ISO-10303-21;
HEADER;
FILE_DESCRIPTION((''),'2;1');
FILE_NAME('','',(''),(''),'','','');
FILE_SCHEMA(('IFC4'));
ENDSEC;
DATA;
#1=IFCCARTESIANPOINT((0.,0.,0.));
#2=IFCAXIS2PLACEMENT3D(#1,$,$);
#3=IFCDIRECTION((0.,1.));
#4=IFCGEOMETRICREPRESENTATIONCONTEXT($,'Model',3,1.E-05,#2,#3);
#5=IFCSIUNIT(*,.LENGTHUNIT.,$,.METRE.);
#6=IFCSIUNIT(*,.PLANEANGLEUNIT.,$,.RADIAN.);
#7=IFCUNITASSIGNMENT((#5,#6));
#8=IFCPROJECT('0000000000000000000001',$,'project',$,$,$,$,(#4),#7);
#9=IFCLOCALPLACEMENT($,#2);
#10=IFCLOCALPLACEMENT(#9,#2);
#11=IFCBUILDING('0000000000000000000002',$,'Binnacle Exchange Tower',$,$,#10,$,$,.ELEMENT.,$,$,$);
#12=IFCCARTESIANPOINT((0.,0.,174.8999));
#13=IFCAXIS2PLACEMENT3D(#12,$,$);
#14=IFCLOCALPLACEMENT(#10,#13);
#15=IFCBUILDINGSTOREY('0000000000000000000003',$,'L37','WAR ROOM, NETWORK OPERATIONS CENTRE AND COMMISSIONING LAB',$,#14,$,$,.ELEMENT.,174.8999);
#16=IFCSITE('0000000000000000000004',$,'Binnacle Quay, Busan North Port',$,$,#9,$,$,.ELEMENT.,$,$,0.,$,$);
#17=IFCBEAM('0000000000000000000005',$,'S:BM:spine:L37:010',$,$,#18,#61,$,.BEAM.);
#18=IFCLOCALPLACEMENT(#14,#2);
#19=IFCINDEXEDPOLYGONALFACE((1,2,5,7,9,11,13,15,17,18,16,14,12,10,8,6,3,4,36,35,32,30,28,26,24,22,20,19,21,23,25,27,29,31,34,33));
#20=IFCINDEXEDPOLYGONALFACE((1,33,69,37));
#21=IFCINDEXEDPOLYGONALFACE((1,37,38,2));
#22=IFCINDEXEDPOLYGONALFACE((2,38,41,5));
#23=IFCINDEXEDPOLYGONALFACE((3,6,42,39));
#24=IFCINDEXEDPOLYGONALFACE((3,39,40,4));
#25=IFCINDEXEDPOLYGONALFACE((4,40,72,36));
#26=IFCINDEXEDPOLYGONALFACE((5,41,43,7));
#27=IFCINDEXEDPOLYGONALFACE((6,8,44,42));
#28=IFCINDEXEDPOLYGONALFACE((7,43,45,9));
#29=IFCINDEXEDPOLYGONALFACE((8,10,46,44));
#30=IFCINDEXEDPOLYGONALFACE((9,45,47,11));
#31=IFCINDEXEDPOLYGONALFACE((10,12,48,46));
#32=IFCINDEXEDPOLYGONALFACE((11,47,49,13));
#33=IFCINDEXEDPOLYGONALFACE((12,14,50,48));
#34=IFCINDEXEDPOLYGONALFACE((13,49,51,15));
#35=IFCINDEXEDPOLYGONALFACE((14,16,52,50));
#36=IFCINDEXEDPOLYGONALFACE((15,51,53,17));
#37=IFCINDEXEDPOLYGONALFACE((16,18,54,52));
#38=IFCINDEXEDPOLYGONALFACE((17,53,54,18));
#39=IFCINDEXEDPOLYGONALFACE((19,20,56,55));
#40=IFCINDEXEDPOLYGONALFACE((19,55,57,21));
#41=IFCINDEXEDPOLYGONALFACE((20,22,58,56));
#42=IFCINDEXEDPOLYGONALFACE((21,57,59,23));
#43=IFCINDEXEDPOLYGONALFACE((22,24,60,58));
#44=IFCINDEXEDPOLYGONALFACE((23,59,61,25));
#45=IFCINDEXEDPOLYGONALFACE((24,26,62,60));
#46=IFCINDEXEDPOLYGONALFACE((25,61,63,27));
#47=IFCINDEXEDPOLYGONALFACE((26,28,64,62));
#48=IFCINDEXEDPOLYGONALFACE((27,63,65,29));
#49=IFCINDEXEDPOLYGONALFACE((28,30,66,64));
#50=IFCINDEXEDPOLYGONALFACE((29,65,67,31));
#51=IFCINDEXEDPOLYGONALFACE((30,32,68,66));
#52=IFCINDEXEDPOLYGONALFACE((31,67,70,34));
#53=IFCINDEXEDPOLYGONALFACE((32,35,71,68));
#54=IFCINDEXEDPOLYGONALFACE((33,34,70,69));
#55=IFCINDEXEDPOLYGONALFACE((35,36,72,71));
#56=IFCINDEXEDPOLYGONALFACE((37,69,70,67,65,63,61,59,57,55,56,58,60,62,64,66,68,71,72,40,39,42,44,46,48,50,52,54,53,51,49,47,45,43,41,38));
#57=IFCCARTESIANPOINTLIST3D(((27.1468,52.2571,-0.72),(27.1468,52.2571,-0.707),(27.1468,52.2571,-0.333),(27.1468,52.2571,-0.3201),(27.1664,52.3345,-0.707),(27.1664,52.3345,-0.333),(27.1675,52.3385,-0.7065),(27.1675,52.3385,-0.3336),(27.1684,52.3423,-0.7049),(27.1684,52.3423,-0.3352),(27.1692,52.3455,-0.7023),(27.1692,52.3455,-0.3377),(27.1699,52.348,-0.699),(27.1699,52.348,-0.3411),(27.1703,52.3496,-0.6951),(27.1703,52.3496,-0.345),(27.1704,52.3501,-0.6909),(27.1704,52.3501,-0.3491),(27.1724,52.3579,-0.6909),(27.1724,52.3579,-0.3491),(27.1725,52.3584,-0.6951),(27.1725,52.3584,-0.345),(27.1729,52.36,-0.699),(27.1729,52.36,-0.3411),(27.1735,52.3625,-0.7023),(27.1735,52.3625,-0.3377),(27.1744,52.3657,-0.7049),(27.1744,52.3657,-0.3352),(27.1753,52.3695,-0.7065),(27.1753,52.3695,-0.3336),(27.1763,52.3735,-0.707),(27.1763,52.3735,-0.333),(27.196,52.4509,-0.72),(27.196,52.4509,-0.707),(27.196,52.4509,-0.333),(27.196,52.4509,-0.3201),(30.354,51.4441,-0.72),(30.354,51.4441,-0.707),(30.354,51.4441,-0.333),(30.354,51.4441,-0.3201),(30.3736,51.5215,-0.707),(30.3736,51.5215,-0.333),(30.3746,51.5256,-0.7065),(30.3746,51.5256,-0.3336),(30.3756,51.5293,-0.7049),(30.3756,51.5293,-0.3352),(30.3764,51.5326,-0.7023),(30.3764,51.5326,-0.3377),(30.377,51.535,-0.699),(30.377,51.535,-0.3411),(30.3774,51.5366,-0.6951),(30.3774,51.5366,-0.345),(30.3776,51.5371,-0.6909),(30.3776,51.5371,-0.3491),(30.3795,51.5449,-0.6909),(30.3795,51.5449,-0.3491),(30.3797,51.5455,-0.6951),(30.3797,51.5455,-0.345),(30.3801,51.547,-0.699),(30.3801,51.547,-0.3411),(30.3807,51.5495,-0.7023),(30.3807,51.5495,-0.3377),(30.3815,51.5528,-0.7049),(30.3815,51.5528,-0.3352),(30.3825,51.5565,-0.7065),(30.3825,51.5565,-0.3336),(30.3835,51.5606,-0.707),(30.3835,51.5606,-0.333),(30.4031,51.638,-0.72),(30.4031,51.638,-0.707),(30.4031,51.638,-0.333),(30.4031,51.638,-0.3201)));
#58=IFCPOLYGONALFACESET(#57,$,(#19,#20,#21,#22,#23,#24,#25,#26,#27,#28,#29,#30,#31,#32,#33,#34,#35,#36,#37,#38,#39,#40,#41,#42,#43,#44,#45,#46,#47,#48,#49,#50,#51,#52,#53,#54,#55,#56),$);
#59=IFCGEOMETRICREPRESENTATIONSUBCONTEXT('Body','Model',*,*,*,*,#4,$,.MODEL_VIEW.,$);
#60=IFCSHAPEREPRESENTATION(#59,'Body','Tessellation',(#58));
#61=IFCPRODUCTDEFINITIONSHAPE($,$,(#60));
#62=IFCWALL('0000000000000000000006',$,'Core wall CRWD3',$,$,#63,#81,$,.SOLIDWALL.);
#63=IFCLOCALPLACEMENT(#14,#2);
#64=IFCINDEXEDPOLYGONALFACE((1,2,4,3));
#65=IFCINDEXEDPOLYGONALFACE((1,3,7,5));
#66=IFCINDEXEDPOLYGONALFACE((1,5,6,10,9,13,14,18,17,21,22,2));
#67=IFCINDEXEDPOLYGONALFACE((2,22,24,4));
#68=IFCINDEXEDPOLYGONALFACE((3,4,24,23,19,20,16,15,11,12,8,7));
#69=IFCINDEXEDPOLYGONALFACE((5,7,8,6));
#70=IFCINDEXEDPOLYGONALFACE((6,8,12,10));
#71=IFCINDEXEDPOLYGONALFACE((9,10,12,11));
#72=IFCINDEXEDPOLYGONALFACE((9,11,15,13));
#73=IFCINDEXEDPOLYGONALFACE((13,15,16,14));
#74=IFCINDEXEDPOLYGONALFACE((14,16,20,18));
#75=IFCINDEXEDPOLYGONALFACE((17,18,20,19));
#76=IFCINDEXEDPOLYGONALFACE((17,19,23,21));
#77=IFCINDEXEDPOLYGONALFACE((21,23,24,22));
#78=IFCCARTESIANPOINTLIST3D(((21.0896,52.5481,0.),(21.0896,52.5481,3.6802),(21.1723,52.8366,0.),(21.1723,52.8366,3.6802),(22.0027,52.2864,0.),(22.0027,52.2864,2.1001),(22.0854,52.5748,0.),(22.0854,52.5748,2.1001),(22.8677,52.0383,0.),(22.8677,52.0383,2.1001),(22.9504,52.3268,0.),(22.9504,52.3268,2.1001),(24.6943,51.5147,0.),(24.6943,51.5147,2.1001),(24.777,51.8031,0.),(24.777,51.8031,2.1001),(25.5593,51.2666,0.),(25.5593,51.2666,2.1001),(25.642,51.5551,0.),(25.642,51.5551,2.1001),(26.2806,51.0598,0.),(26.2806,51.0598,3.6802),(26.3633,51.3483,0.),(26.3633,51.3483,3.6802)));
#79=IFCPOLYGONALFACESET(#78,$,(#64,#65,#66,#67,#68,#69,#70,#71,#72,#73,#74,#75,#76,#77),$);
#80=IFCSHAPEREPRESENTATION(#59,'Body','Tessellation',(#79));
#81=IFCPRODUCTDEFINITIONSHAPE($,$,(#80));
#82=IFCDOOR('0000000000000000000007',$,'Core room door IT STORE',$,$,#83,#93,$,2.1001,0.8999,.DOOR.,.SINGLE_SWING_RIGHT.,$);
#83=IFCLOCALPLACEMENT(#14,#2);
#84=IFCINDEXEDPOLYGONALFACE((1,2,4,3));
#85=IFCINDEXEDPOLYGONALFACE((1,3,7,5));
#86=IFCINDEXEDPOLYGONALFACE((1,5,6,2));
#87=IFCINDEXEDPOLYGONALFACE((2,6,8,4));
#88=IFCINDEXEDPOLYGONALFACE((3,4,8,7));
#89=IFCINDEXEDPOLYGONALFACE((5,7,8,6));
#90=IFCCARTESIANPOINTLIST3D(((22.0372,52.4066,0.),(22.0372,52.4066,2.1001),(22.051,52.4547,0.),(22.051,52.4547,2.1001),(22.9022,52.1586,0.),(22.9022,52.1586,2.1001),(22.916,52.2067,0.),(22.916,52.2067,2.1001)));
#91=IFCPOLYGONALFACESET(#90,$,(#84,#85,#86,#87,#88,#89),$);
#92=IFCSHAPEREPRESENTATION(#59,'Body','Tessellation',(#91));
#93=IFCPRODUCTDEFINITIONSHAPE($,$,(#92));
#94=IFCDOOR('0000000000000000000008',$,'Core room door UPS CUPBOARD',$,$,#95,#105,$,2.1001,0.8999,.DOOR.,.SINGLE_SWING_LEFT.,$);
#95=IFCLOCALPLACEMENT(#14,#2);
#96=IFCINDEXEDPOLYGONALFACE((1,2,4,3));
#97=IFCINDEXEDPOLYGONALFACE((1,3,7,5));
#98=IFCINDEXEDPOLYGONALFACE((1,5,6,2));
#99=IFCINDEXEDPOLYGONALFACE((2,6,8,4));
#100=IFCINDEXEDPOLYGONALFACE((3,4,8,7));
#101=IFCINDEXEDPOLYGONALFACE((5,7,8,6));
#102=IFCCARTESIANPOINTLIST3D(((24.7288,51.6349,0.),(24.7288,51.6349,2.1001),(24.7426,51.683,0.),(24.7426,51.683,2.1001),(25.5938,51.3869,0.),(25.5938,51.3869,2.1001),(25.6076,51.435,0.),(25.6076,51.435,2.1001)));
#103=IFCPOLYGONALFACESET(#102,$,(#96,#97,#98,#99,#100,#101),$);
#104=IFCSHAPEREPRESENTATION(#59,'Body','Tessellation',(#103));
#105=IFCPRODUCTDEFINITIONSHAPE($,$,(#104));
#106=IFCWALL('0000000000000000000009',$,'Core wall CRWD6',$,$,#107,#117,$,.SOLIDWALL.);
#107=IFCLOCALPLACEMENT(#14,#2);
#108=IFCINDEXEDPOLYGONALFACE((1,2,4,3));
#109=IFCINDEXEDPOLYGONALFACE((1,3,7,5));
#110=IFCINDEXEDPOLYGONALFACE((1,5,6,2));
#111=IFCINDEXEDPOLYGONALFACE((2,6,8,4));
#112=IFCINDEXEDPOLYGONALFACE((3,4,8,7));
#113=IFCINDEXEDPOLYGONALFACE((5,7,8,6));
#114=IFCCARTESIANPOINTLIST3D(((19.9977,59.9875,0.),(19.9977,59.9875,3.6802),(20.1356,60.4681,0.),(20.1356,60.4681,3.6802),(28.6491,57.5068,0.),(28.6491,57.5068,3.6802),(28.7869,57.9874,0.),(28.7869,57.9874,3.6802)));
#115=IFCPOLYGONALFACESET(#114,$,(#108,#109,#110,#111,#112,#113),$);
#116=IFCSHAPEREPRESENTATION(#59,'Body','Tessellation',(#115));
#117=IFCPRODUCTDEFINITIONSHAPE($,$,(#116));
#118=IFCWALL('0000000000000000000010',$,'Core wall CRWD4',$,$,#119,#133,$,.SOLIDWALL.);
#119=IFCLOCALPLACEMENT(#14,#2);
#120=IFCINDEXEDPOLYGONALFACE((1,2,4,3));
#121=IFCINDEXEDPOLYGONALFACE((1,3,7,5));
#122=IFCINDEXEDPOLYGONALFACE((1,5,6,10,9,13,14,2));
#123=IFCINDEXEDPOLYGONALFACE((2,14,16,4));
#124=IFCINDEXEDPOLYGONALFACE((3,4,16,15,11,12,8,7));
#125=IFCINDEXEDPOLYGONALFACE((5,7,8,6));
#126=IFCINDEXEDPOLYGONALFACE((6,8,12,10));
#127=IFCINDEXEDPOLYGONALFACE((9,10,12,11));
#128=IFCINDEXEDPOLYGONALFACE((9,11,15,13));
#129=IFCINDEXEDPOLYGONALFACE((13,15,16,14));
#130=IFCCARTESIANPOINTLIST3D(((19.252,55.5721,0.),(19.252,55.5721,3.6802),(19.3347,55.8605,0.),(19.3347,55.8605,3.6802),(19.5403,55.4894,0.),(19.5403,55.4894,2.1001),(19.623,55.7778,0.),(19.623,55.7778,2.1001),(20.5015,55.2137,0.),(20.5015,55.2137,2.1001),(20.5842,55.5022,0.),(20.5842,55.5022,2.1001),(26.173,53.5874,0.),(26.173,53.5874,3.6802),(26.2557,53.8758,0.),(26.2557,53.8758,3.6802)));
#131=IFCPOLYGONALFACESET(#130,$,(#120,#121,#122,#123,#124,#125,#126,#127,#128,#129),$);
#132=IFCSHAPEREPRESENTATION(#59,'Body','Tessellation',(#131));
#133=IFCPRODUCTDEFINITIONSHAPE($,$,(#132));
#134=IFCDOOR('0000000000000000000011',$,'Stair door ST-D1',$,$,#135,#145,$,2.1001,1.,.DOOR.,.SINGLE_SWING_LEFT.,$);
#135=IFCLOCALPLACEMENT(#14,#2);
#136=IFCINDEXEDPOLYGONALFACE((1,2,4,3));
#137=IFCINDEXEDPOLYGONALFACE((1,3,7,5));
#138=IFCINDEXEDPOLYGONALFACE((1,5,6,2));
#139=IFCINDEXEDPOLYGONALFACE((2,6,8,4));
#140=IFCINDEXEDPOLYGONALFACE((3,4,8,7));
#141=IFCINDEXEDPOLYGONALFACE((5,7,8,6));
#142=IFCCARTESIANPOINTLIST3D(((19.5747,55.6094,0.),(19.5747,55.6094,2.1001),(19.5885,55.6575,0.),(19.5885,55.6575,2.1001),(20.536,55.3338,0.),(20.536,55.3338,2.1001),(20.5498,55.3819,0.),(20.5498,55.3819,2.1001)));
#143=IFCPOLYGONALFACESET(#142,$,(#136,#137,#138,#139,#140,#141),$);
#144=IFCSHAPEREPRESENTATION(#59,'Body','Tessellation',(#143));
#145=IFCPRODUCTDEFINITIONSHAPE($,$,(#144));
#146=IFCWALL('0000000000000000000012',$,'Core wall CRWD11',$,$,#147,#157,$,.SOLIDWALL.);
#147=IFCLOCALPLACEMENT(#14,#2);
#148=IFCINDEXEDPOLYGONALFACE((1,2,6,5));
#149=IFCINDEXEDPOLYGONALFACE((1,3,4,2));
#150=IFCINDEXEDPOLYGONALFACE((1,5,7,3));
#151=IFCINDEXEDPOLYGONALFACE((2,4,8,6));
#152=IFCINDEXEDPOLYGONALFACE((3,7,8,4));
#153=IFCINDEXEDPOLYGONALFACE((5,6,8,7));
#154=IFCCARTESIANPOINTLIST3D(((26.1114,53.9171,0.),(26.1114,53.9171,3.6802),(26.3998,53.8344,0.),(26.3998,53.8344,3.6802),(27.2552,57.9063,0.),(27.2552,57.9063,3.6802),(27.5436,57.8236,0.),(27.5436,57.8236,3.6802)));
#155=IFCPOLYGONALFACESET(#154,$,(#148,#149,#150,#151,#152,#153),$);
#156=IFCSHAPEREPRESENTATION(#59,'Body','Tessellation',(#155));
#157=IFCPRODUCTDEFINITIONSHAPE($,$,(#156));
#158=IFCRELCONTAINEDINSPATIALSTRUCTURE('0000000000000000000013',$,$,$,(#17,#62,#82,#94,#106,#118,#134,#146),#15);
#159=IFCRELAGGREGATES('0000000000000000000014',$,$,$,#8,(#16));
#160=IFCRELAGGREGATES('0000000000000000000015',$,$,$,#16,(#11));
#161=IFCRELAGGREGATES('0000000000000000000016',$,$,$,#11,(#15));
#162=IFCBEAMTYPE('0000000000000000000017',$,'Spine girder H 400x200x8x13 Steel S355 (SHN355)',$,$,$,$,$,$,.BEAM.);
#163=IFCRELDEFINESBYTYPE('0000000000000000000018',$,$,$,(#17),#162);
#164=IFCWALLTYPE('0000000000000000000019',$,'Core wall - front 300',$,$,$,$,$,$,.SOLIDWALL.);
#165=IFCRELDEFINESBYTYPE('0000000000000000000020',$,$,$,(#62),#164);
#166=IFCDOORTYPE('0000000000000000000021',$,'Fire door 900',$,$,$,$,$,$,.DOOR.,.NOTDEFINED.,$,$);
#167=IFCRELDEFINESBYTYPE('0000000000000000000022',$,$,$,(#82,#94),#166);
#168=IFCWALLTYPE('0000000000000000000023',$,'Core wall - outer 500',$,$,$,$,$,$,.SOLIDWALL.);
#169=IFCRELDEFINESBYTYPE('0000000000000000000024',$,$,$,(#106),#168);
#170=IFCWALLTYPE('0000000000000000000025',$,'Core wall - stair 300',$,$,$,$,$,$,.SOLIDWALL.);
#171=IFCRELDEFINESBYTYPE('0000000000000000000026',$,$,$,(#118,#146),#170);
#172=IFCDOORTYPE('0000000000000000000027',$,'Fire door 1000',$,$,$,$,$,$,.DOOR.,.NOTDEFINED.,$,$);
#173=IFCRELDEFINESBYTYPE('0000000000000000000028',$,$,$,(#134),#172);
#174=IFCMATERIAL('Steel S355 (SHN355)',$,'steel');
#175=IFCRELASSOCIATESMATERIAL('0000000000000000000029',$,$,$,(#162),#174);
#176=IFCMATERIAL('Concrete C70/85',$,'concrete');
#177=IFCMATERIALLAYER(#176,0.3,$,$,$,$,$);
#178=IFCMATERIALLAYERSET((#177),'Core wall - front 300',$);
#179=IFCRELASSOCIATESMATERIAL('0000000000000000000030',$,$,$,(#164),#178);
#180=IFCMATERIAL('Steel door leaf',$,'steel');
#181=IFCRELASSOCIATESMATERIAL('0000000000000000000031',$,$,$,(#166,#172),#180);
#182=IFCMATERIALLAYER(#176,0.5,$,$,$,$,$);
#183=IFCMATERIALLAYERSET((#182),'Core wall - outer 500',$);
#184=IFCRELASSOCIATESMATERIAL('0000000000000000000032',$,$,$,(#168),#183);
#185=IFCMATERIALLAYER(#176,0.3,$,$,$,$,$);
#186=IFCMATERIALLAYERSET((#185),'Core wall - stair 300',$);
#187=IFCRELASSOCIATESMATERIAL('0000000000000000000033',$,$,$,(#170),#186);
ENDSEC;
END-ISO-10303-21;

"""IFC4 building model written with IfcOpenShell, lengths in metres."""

from ifc_helpers import new_model, si_unit, direction, frame, frame_2d, origin, origin_2d, place, context, subcontext, project, spatial, rectangle, i_section, extrude, material, layer, layer_set, material_profile, profile_set, type_object, element, fill, save


model = new_model("IFC4")

# Units and contexts
model_context = context("Model", 3, precision=1e-05, world=origin(), true_north=direction((0.0, 1.0)))
body_context = subcontext(model_context, "Body", "Model", "MODEL_VIEW")
ifc_project = project(units=[si_unit("LENGTHUNIT", "METRE"), si_unit("PLANEANGLEUNIT", "RADIAN")], contexts=[model_context])

# Site, building, storey
site_placement = place(None, origin())
site = spatial("IfcSite", under=ifc_project, at=site_placement, Name="Binnacle Quay, Busan North Port", CompositionType="ELEMENT", RefElevation=0.0)
building_placement = place(site_placement, origin())
building = spatial("IfcBuilding", under=site, at=building_placement, Name="Binnacle Exchange Tower", CompositionType="ELEMENT")
storey_placement = place(building_placement, frame((0.0, 0.0, 174.8999)))
storey = spatial("IfcBuildingStorey", under=building, at=storey_placement, Name="L37", Description="WAR ROOM, NETWORK OPERATIONS CENTRE AND COMMISSIONING LAB", CompositionType="ELEMENT", Elevation=174.8999)

# Shared definitions
ifc_material_1 = material(Name="Concrete C70/85", Category="concrete")

# Beam
ifc_material_2 = material(Name="Steel S355 (SHN355)", Category="steel")
ifc_material_profile_1 = material_profile(ifc_material_2, i_section(OverallWidth=0.2, OverallDepth=0.3999, WebThickness=0.0081, FlangeThickness=0.0129, FilletRadius=0.0161, at=origin_2d()), Name="H 400x200x8x13")
ifc_profile_set_1 = profile_set([ifc_material_profile_1], Name="Steel S355 (SHN355)")
beam_type_1 = type_object("IfcBeamType", Name="Spine girder H 400x200x8x13 Steel S355 (SHN355)", PredefinedType="BEAM", material=ifc_profile_set_1)
beam_1_placement = place(storey_placement, frame((27.1714, 52.354, -0.52), z_axis=(0.969343, -0.245712, 0.0), x_axis=(0.245712, 0.969343, 0.0)))
element("IfcBeam", 1, at=beam_1_placement, inside=storey, type_object=beam_type_1, Name="S:BM:spine:L37:010", PredefinedType="BEAM", context=body_context, shape_type="SweptSolid", body=[
    extrude(i_section(OverallWidth=0.2, OverallDepth=0.3999, WebThickness=0.0081, FlangeThickness=0.0129, FilletRadius=0.0161, at=origin_2d()), origin(), (0.0, 0.0, 1.0), 3.3086),
])

# Wall, openings, doors
ifc_layer_1 = layer(ifc_material_1, 0.3)
ifc_layer_set_1 = layer_set([ifc_layer_1], Name="Core wall - front 300")
wall_type_1 = type_object("IfcWallType", Name="Core wall - front 300", PredefinedType="SOLIDWALL", material=ifc_layer_set_1)
wall_1_placement = place(storey_placement, frame((21.1309, 52.6924, 0.0), z_axis=(0.0, 0.0, 1.0), x_axis=(0.961271, -0.275605, 0.0)))
wall_1 = element("IfcWall", 2, at=wall_1_placement, inside=storey, type_object=wall_type_1, Name="Core wall CRWD3", PredefinedType="SOLIDWALL", context=body_context, shape_type="SweptSolid", body=[
    extrude(rectangle(XDim=5.4001, YDim=0.3, at=frame_2d((2.7002, 0.0))), origin(), (0.0, 0.0, 1.0), 3.6802),
])
opening_1_placement = place(wall_1_placement, frame((0.95, 0.0, 0.0)))
opening_1 = element("IfcOpeningElement", 3, at=opening_1_placement, cuts=wall_1, PredefinedType="OPENING", context=body_context, shape_type="SweptSolid", body=[
    extrude(rectangle(XDim=0.8999, YDim=2.1001, at=frame_2d((0.45, 1.05))), frame((0.0, 0.1599, 0.0), z_axis=(0.0, -1.0, 0.0), x_axis=(1.0, 0.0, 0.0)), (0.0, 0.0, 1.0), 0.3201),
])
opening_2_placement = place(wall_1_placement, frame((3.75, 0.0, 0.0)))
opening_2 = element("IfcOpeningElement", 4, at=opening_2_placement, cuts=wall_1, PredefinedType="OPENING", context=body_context, shape_type="SweptSolid", body=[
    extrude(rectangle(XDim=0.8999, YDim=2.1001, at=frame_2d((0.45, 1.05))), frame((0.0, 0.1599, 0.0), z_axis=(0.0, -1.0, 0.0), x_axis=(1.0, 0.0, 0.0)), (0.0, 0.0, 1.0), 0.3201),
])
ifc_material_3 = material(Name="Steel door leaf", Category="steel")
door_type_1 = type_object("IfcDoorType", Name="Fire door 900", OperationType="NOTDEFINED", PredefinedType="DOOR", material=ifc_material_3)
door_1_placement = place(opening_1_placement, frame((0.8999, 0.0, 0.0), z_axis=(0.0, 0.0, 1.0), x_axis=(-1.0, 0.0, 0.0)))
door_1 = element("IfcDoor", 5, at=door_1_placement, inside=storey, type_object=door_type_1, Name="Core room door IT STORE", OperationType="SINGLE_SWING_RIGHT", OverallHeight=2.1001, OverallWidth=0.8999, PredefinedType="DOOR", context=body_context, shape_type="SweptSolid", body=[
    extrude(rectangle(XDim=0.8999, YDim=2.1001, at=frame_2d((0.45, 1.05))), frame((0.0, 0.0249, 0.0), z_axis=(0.0, -1.0, 0.0), x_axis=(1.0, 0.0, 0.0)), (0.0, 0.0, 1.0), 0.05),
])
fill(opening_1, door_1)
door_2_placement = place(opening_2_placement, frame((0.8999, 0.0, 0.0), z_axis=(0.0, 0.0, 1.0), x_axis=(-1.0, 0.0, 0.0)))
door_2 = element("IfcDoor", 6, at=door_2_placement, inside=storey, type_object=door_type_1, Name="Core room door UPS CUPBOARD", OperationType="SINGLE_SWING_LEFT", OverallHeight=2.1001, OverallWidth=0.8999, PredefinedType="DOOR", context=body_context, shape_type="SweptSolid", body=[
    extrude(rectangle(XDim=0.8999, YDim=2.1001, at=frame_2d((0.45, 1.05))), frame((0.0, 0.0249, 0.0), z_axis=(0.0, -1.0, 0.0), x_axis=(1.0, 0.0, 0.0)), (0.0, 0.0, 1.0), 0.05),
])
fill(opening_2, door_2)

# Wall
ifc_layer_2 = layer(ifc_material_1, 0.5)
ifc_layer_set_2 = layer_set([ifc_layer_2], Name="Core wall - outer 500")
wall_type_2 = type_object("IfcWallType", Name="Core wall - outer 500", PredefinedType="SOLIDWALL", material=ifc_layer_set_2)
wall_2_placement = place(storey_placement, frame((20.0667, 60.2278, 0.0), z_axis=(0.0, 0.0, 1.0), x_axis=(0.961262, -0.275635, 0.0)))
element("IfcWall", 7, at=wall_2_placement, inside=storey, type_object=wall_type_2, Name="Core wall CRWD6", PredefinedType="SOLIDWALL", context=body_context, shape_type="SweptSolid", body=[
    extrude(rectangle(XDim=9.0, YDim=0.5, at=frame_2d((4.5, 0.0))), origin(), (0.0, 0.0, 1.0), 3.6802),
])

# Wall, opening, door
ifc_layer_3 = layer(ifc_material_1, 0.3)
ifc_layer_set_3 = layer_set([ifc_layer_3], Name="Core wall - stair 300")
wall_type_3 = type_object("IfcWallType", Name="Core wall - stair 300", PredefinedType="SOLIDWALL", material=ifc_layer_set_3)
wall_3_placement = place(storey_placement, frame((19.2932, 55.7163, 0.0), z_axis=(0.0, 0.0, 1.0), x_axis=(0.961259, -0.275648, 0.0)))
wall_3 = element("IfcWall", 8, at=wall_3_placement, inside=storey, type_object=wall_type_3, Name="Core wall CRWD4", PredefinedType="SOLIDWALL", context=body_context, shape_type="SweptSolid", body=[
    extrude(rectangle(XDim=7.2, YDim=0.3, at=frame_2d((3.6001, 0.0))), origin(), (0.0, 0.0, 1.0), 3.6802),
])
opening_3_placement = place(wall_3_placement, frame((0.3, 0.0, 0.0)))
opening_3 = element("IfcOpeningElement", 9, at=opening_3_placement, cuts=wall_3, PredefinedType="OPENING", context=body_context, shape_type="SweptSolid", body=[
    extrude(rectangle(XDim=1.0, YDim=2.1001, at=frame_2d((0.5, 1.05))), frame((0.0, 0.1599, 0.0), z_axis=(0.0, -1.0, 0.0), x_axis=(1.0, 0.0, 0.0)), (0.0, 0.0, 1.0), 0.3201),
])
door_type_2 = type_object("IfcDoorType", Name="Fire door 1000", OperationType="NOTDEFINED", PredefinedType="DOOR", material=ifc_material_3)
door_3_placement = place(opening_3_placement, origin())
door_3 = element("IfcDoor", 10, at=door_3_placement, inside=storey, type_object=door_type_2, Name="Stair door ST-D1", OperationType="SINGLE_SWING_LEFT", OverallHeight=2.1001, OverallWidth=1.0, PredefinedType="DOOR", context=body_context, shape_type="SweptSolid", body=[
    extrude(rectangle(XDim=1.0, YDim=2.1001, at=frame_2d((0.5, 1.05))), frame((0.0, 0.0249, 0.0), z_axis=(0.0, -1.0, 0.0), x_axis=(1.0, 0.0, 0.0)), (0.0, 0.0, 1.0), 0.05),
])
fill(opening_3, door_3)

# Wall
wall_4_placement = place(storey_placement, frame((26.2556, 53.8757, 0.0), z_axis=(0.0, 0.0, 1.0), x_axis=(0.275615, 0.961268, 0.0)))
element("IfcWall", 11, at=wall_4_placement, inside=storey, type_object=wall_type_3, Name="Core wall CRWD11", PredefinedType="SOLIDWALL", context=body_context, shape_type="SweptSolid", body=[
    extrude(rectangle(XDim=4.1499, YDim=0.3, at=frame_2d((2.075, 0.0))), origin(), (0.0, 0.0, 1.0), 3.6802),
])

save(model, "model.ifc")
